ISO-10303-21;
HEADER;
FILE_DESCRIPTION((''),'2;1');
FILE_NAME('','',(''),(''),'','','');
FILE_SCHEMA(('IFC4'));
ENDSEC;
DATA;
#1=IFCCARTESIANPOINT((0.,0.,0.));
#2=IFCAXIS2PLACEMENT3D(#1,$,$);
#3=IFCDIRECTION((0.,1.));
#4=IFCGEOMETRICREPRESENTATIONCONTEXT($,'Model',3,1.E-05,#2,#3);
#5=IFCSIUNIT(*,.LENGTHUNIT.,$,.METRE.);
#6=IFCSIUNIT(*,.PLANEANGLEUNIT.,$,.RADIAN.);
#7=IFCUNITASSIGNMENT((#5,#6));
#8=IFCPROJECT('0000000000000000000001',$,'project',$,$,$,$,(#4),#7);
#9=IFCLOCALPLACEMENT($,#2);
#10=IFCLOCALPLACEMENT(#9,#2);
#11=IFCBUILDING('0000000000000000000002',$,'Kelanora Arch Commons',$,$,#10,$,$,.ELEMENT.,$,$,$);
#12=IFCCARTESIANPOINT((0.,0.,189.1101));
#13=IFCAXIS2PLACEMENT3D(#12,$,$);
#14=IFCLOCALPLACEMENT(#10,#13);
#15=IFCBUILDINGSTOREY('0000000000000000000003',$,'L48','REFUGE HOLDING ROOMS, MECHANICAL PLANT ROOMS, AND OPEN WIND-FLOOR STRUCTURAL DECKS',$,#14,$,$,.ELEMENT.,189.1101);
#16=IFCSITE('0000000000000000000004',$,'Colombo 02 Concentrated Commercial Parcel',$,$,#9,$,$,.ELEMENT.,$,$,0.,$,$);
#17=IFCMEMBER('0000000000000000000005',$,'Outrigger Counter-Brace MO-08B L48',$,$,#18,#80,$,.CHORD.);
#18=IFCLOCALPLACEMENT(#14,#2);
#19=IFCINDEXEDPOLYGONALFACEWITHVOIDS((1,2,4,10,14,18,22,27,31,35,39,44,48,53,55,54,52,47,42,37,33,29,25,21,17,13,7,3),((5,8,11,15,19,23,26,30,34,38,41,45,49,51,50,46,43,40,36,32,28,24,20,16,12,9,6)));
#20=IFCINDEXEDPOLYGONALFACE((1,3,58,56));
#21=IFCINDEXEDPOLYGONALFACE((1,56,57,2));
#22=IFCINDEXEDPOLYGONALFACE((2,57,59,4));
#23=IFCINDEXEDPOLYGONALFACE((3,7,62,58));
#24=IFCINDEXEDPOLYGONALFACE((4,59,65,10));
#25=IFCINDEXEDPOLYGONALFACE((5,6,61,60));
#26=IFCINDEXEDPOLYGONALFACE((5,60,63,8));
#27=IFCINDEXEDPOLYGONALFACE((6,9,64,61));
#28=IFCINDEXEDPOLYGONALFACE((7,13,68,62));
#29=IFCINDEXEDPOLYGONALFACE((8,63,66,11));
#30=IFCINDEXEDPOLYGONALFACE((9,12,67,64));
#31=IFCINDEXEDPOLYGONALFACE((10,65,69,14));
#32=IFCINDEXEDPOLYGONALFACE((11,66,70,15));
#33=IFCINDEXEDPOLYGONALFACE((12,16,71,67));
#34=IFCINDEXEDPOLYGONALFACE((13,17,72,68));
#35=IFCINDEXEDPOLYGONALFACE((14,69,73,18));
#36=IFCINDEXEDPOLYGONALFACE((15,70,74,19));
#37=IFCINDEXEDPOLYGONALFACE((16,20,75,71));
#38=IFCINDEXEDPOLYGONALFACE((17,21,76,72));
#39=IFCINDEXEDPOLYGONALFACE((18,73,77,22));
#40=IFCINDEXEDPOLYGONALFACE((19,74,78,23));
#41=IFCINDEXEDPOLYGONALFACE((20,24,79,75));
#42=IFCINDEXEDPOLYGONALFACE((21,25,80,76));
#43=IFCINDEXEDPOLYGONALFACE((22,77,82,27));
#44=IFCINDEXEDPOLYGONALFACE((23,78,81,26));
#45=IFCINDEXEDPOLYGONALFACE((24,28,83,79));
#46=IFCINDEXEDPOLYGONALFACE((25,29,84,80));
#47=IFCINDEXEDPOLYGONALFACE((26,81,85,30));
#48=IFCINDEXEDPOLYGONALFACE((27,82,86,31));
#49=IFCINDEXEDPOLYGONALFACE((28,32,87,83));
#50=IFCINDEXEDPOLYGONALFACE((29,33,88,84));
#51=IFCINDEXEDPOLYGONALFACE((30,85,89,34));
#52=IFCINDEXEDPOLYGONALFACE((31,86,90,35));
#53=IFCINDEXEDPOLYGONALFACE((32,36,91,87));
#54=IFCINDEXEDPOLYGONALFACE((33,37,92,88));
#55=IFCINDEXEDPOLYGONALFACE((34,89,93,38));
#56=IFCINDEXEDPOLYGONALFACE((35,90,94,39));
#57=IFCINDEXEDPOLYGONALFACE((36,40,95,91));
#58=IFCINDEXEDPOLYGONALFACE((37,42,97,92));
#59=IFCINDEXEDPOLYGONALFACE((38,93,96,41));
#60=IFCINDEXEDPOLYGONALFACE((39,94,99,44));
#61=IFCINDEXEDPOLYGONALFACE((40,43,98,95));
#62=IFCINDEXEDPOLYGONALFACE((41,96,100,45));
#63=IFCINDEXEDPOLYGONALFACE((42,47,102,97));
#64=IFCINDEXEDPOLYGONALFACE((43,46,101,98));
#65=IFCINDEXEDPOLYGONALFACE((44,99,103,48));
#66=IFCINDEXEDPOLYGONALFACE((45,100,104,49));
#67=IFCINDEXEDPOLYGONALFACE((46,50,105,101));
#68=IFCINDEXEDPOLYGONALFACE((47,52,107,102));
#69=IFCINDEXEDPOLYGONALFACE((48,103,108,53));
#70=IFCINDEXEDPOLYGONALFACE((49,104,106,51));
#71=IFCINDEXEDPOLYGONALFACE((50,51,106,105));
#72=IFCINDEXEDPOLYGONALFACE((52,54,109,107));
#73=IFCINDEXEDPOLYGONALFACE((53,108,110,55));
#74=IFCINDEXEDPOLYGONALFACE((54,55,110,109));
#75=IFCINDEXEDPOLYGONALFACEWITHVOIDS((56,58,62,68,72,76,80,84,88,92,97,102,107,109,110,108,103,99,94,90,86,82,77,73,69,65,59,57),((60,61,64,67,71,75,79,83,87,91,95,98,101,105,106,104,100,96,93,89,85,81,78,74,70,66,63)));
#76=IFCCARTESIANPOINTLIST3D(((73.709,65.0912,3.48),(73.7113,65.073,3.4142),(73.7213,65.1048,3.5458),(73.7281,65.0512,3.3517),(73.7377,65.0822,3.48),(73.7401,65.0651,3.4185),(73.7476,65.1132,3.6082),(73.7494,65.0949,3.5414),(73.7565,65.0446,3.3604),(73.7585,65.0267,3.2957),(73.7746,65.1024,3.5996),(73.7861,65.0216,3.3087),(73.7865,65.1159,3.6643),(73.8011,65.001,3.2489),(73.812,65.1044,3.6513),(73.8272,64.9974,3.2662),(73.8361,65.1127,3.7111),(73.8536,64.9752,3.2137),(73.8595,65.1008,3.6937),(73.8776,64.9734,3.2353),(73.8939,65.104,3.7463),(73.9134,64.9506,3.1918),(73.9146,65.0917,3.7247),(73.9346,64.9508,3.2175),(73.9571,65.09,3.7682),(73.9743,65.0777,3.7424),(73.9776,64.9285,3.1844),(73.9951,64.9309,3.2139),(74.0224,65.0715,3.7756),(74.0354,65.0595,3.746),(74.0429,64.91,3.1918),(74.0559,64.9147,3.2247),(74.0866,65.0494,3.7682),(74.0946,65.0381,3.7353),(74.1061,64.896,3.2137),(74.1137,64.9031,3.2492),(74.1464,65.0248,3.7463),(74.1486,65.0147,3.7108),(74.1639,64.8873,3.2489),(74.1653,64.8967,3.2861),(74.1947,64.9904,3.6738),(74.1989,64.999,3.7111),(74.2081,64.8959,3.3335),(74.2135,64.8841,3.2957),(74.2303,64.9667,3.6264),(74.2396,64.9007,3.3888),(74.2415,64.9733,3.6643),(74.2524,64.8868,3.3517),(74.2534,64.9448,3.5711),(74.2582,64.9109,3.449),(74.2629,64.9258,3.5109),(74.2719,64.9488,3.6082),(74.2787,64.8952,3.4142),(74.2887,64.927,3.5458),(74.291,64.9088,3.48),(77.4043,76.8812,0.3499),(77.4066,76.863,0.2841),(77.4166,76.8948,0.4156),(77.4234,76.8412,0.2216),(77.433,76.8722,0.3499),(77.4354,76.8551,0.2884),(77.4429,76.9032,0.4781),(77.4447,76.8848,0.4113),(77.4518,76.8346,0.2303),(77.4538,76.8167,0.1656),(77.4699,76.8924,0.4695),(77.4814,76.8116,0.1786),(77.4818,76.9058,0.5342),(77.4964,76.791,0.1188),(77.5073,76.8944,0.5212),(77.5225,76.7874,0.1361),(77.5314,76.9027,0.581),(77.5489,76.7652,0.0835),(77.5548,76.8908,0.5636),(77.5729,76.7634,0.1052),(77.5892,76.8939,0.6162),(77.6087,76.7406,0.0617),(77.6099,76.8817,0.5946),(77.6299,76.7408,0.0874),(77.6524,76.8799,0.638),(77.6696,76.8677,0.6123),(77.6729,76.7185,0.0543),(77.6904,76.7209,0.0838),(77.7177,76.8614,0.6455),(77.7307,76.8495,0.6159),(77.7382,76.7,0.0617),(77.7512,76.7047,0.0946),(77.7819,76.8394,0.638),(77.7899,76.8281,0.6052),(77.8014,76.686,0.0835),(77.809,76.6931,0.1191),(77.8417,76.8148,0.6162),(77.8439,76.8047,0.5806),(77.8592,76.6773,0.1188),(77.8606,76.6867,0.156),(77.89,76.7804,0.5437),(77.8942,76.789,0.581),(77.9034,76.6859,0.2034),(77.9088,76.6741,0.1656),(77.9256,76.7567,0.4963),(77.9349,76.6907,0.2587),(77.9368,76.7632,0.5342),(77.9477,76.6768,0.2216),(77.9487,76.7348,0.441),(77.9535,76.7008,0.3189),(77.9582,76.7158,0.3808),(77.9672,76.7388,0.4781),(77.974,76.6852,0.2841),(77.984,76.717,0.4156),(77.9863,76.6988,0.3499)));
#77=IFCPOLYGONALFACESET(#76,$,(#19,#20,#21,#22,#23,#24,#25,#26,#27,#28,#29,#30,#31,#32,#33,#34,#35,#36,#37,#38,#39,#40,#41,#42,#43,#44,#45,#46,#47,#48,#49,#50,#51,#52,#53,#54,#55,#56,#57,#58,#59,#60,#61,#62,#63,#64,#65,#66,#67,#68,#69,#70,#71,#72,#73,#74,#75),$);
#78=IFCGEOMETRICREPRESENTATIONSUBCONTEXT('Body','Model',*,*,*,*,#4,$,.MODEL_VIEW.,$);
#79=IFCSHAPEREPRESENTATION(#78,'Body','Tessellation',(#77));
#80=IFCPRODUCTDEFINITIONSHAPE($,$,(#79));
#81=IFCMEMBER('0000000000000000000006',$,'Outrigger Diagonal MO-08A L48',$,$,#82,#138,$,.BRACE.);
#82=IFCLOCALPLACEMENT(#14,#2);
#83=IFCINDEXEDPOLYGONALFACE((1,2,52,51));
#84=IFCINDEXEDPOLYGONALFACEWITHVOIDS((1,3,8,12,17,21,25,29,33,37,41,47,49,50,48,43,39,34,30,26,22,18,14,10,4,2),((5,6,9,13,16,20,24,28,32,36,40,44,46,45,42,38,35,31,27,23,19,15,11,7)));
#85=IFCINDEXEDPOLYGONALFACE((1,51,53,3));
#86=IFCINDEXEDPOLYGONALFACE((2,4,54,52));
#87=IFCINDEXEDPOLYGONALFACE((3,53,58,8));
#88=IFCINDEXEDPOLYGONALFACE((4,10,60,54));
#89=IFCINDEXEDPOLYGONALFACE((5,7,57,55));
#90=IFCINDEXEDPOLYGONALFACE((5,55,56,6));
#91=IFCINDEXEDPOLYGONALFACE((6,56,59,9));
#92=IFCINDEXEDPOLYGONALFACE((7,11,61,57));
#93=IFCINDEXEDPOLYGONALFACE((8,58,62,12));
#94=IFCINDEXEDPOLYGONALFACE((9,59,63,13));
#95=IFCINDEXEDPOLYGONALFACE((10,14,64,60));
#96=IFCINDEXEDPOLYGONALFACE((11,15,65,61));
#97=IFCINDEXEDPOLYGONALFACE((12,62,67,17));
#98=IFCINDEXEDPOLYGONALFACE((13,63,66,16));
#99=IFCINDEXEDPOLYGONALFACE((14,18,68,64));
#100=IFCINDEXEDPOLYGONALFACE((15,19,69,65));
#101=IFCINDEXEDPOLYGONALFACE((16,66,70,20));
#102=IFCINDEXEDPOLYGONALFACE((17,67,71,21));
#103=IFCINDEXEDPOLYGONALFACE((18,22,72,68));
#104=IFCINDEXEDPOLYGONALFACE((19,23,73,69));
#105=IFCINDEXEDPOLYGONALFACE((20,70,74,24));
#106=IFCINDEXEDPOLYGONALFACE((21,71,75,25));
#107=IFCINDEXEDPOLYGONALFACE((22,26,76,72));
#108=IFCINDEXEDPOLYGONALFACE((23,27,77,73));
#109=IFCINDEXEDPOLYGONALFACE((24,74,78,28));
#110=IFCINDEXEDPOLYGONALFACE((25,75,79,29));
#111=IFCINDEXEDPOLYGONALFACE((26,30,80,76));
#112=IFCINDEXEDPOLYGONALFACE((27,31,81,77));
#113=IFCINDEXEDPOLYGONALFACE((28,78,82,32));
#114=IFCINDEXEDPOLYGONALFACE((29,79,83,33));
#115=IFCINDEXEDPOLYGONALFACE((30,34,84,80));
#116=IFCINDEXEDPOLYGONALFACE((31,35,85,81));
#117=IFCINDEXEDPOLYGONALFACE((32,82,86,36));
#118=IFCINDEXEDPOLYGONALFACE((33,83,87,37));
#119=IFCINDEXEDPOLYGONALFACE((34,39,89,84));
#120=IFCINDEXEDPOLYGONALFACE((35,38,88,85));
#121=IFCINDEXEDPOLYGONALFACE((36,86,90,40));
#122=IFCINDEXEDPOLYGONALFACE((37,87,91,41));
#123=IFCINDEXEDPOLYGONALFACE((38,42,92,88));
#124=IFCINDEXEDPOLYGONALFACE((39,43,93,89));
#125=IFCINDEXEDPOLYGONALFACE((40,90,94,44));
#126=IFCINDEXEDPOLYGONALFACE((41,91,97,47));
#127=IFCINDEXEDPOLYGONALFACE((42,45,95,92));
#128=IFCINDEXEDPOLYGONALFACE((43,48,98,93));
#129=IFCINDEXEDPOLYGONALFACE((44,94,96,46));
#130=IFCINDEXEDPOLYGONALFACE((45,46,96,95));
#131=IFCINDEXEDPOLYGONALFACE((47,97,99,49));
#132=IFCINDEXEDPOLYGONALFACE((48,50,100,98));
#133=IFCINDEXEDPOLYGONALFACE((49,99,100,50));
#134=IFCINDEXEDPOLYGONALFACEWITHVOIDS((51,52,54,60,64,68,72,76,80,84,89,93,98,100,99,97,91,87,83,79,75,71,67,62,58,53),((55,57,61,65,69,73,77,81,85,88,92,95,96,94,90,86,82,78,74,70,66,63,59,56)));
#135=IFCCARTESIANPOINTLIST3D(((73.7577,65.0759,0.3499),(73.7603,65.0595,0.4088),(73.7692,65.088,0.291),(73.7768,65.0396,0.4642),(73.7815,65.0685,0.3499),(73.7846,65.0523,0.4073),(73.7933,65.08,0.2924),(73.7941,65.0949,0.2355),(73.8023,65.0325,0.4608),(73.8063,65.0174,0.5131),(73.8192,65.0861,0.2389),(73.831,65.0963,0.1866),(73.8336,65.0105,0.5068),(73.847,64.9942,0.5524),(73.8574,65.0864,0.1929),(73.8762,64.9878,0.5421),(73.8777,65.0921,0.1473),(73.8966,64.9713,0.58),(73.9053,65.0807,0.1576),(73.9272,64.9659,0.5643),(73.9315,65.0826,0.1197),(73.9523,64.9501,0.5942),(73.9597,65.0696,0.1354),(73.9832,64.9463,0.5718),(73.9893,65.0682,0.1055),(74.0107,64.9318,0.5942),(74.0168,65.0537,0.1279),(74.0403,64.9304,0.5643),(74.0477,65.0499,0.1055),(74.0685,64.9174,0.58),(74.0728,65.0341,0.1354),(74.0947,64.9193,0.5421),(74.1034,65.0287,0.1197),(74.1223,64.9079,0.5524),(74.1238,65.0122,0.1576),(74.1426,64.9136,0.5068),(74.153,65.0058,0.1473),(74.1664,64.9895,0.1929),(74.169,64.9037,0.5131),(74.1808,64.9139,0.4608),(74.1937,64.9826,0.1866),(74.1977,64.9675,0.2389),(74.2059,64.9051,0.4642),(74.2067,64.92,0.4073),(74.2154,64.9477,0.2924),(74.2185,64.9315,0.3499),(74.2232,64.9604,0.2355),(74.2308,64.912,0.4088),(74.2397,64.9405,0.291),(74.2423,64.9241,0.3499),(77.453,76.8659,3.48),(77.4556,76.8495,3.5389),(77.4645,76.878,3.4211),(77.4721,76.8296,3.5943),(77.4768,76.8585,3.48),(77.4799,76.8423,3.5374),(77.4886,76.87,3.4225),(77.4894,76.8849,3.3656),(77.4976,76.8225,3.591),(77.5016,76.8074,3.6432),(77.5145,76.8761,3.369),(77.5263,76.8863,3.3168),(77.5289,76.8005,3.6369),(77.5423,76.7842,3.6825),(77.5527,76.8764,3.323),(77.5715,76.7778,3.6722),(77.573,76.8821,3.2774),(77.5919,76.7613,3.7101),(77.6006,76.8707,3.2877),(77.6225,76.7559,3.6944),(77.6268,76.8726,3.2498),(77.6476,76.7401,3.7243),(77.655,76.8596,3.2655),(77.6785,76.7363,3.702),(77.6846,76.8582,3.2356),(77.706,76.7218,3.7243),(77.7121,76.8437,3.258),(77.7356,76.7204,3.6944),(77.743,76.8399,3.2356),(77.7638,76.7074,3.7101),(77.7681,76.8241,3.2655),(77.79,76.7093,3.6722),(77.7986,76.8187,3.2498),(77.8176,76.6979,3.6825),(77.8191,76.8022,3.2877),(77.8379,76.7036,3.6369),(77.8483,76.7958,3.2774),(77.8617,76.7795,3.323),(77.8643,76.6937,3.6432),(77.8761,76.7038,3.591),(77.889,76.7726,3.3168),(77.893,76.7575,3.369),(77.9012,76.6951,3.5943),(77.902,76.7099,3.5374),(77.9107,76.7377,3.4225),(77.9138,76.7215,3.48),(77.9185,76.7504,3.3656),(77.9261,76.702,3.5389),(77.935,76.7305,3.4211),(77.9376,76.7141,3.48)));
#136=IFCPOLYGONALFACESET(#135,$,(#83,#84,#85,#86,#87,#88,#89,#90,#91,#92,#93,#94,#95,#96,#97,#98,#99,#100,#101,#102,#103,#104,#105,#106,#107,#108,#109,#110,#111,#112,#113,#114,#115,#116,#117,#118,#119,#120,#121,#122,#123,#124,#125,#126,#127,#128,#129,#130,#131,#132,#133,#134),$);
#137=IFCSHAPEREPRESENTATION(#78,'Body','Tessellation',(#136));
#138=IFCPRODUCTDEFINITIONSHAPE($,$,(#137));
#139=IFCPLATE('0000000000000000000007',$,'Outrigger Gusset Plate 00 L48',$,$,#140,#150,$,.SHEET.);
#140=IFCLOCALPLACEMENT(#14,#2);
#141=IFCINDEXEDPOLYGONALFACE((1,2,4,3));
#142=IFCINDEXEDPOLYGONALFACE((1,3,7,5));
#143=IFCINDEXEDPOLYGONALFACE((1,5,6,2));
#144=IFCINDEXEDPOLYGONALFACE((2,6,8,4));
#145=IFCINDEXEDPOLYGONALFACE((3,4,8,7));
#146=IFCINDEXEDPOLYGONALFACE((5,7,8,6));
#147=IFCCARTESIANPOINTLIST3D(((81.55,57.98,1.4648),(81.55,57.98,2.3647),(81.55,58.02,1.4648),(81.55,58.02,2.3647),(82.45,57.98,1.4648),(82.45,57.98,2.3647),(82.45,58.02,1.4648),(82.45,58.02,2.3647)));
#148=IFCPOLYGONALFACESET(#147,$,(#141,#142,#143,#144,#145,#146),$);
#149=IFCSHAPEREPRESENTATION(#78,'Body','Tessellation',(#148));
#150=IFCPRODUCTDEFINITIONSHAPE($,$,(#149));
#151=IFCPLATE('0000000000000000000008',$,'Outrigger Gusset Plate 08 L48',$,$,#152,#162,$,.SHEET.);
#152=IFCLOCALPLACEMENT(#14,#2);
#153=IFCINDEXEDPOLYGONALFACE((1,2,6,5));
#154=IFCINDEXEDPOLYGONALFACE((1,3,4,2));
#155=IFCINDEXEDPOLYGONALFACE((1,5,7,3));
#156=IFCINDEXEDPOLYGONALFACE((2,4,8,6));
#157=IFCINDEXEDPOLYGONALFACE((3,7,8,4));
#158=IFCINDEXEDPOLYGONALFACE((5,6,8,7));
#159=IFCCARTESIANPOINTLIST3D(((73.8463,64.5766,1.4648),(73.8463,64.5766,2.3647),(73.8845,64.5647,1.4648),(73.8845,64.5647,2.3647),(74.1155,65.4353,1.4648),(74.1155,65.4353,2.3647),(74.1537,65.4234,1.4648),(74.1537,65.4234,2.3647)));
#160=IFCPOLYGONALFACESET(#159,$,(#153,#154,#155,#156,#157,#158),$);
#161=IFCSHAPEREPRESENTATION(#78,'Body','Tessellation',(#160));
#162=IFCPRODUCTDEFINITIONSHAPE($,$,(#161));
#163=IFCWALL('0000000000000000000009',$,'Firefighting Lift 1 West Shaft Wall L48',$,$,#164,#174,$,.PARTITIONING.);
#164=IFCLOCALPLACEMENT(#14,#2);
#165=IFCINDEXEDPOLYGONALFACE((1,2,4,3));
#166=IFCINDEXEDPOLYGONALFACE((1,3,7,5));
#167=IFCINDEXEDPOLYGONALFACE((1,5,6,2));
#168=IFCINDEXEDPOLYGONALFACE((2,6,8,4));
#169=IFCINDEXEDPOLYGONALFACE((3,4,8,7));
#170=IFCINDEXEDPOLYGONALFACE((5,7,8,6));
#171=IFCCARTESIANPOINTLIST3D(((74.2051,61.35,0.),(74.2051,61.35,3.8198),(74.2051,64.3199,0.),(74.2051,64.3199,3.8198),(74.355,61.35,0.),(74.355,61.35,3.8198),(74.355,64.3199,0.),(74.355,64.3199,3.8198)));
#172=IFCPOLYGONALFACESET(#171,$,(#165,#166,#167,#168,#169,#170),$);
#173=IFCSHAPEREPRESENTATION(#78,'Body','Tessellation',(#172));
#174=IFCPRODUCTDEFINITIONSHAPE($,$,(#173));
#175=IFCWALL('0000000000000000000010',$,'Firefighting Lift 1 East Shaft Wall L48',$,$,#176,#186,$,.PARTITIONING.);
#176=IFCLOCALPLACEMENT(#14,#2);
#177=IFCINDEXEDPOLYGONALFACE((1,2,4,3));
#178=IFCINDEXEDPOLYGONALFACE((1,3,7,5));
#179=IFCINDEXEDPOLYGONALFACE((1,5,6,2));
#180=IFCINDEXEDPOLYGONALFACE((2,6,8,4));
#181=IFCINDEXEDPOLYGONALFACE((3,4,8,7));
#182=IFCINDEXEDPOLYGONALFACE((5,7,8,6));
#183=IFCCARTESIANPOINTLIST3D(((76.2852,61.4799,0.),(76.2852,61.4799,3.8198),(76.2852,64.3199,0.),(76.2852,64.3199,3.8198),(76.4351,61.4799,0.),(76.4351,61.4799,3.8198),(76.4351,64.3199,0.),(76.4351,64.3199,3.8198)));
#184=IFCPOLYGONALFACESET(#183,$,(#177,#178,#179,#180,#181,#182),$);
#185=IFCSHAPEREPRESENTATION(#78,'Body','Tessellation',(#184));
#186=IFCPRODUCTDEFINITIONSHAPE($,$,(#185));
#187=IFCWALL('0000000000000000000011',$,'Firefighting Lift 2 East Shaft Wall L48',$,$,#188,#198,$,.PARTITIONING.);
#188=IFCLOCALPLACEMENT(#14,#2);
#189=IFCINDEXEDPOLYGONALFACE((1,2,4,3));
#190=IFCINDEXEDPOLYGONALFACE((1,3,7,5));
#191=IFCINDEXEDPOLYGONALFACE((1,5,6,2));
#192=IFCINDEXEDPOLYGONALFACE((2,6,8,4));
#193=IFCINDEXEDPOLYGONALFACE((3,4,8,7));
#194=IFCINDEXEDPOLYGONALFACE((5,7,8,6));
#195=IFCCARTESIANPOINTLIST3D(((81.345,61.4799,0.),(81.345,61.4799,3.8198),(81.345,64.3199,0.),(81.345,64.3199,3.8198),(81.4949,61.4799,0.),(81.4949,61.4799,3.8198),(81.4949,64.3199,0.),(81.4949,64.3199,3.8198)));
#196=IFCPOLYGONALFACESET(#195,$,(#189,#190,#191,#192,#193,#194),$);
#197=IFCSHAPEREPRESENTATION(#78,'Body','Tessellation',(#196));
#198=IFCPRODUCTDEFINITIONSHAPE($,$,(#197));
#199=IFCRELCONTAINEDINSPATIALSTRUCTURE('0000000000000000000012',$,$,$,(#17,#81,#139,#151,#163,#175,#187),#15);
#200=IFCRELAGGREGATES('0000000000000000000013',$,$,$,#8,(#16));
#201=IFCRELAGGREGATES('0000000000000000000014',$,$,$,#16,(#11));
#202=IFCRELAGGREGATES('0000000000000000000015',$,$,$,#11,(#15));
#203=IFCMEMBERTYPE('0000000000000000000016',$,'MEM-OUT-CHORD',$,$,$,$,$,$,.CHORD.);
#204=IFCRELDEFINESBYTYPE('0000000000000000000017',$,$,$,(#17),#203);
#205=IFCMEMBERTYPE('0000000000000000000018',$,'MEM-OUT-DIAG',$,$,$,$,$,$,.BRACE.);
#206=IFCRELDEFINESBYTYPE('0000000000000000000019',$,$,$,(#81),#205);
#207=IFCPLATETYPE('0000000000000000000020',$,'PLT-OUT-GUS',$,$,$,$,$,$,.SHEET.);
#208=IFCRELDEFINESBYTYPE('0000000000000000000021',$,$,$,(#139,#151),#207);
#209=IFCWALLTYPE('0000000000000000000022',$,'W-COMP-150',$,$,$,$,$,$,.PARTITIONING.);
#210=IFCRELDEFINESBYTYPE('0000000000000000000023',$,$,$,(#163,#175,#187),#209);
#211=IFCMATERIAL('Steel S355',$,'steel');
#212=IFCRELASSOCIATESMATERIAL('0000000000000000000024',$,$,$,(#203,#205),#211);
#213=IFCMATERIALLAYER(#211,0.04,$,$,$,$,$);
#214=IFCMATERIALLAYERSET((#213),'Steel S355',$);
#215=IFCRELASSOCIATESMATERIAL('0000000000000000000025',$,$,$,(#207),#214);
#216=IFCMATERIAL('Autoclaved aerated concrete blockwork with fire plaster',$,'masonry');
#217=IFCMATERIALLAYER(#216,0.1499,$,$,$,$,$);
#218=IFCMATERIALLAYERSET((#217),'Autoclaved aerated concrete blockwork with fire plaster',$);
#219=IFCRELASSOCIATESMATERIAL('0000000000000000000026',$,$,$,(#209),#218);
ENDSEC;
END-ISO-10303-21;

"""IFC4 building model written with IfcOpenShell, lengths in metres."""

from ifc_helpers import new_model, si_unit, direction, frame, frame_2d, origin, origin_2d, place, context, subcontext, project, spatial, rectangle, hollow_circle, extrude, source, transform, mapped, material, layer, layer_set, material_profile, profile_set, type_object, element, save


model = new_model("IFC4")

# Units and contexts
model_context = context("Model", 3, precision=1e-05, world=origin(), true_north=direction((0.0, 1.0)))
body_context = subcontext(model_context, "Body", "Model", "MODEL_VIEW")
ifc_project = project(units=[si_unit("LENGTHUNIT", "METRE"), si_unit("PLANEANGLEUNIT", "RADIAN")], contexts=[model_context])

# Site, building, storey
site_placement = place(None, origin())
site = spatial("IfcSite", under=ifc_project, at=site_placement, Name="Colombo 02 Concentrated Commercial Parcel", CompositionType="ELEMENT", RefElevation=0.0)
building_placement = place(site_placement, origin())
building = spatial("IfcBuilding", under=site, at=building_placement, Name="Kelanora Arch Commons", CompositionType="ELEMENT")
storey_placement = place(building_placement, frame((0.0, 0.0, 189.1101)))
storey = spatial("IfcBuildingStorey", under=building, at=storey_placement, Name="L48", Description="REFUGE HOLDING ROOMS, MECHANICAL PLANT ROOMS, AND OPEN WIND-FLOOR STRUCTURAL DECKS", CompositionType="ELEMENT", Elevation=189.1101)

# Shared definitions
ifc_material_1 = material(Name="Steel S355", Category="steel")

# Members
ifc_material_profile_1 = material_profile(ifc_material_1, hollow_circle(Radius=0.3049, WallThickness=0.03, at=origin_2d()), Name="CHS610x30")
ifc_profile_set_1 = profile_set([ifc_material_profile_1], Name="Steel S355")
member_type_1 = type_object("IfcMemberType", Name="MEM-OUT-CHORD", PredefinedType="CHORD", material=ifc_profile_set_1)
member_1_placement = place(storey_placement, frame((74.0, 65.0, 3.48), z_axis=(0.289922, 0.925006, -0.245579), x_axis=(-0.954228, 0.29908, 0.0)))
element("IfcMember", 1, at=member_1_placement, inside=storey, type_object=member_type_1, Name="Outrigger Counter-Brace MO-08B L48", PredefinedType="CHORD", context=body_context, shape_type="SweptSolid", body=[
    extrude(hollow_circle(Radius=0.3049, WallThickness=0.03, at=origin_2d()), origin(), (0.0, 0.0, 1.0), 12.7458),
])
ifc_material_profile_2 = material_profile(ifc_material_1, hollow_circle(Radius=0.2539, WallThickness=0.0249, at=origin_2d()), Name="CHS508x25")
ifc_profile_set_2 = profile_set([ifc_material_profile_2], Name="Steel S355")
member_type_2 = type_object("IfcMemberType", Name="MEM-OUT-DIAG", PredefinedType="BRACE", material=ifc_profile_set_2)
member_2_placement = place(storey_placement, frame((74.0, 65.0, 0.3499), z_axis=(0.289922, 0.925006, 0.245579), x_axis=(-0.954228, 0.29908, 0.0)))
element("IfcMember", 2, at=member_2_placement, inside=storey, type_object=member_type_2, Name="Outrigger Diagonal MO-08A L48", PredefinedType="BRACE", context=body_context, shape_type="SweptSolid", body=[
    extrude(hollow_circle(Radius=0.2539, WallThickness=0.0249, at=origin_2d()), origin(), (0.0, 0.0, 1.0), 12.7458),
])

# Plates
ifc_layer_1 = layer(ifc_material_1, 0.04)
ifc_layer_set_1 = layer_set([ifc_layer_1], Name="Steel S355")
plate_type = type_object("IfcPlateType", Name="PLT-OUT-GUS", PredefinedType="SHEET", material=ifc_layer_set_1)
shared_shape_1 = source(origin(), body_context, "Body", "SweptSolid", [
    extrude(rectangle(XDim=0.8999, YDim=0.04, at=origin_2d()), origin(), (0.0, 0.0, 1.0), 0.8999),
])
for number, where, z_axis, x_axis, name in (
    (3, (82.0, 58.0, 1.4648), (0.0, 0.0, 1.0), (1.0, 0.0, 0.0), "Outrigger Gusset Plate 00 L48"),
    (4, (74.0, 65.0, 1.4648), (0.0, 0.0, 1.0), (0.299071, 0.954231, 0.0), "Outrigger Gusset Plate 08 L48"),
):
    element("IfcPlate", number, at=place(storey_placement, frame(where, z_axis=z_axis, x_axis=x_axis)), inside=storey, type_object=plate_type, Name=name, PredefinedType="SHEET", context=body_context, shape_type="MappedRepresentation", body=[
        mapped(shared_shape_1, transform((0.0, 0.0, 0.0), scale=1.0)),
    ])

# Walls
ifc_material_2 = material(Name="Autoclaved aerated concrete blockwork with fire plaster", Category="masonry")
ifc_layer_2 = layer(ifc_material_2, 0.1499)
ifc_layer_set_2 = layer_set([ifc_layer_2], Name="Autoclaved aerated concrete blockwork with fire plaster")
wall_type_1 = type_object("IfcWallType", Name="W-COMP-150", PredefinedType="PARTITIONING", material=ifc_layer_set_2)
wall_1_placement = place(storey_placement, frame((74.28, 61.3501, 0.0), z_axis=(0.0, 0.0, 1.0), x_axis=(0.0, 1.0, 0.0)))
element("IfcWall", 5, at=wall_1_placement, inside=storey, type_object=wall_type_1, Name="Firefighting Lift 1 West Shaft Wall L48", PredefinedType="PARTITIONING", context=body_context, shape_type="SweptSolid", body=[
    extrude(rectangle(XDim=2.97, YDim=0.1499, at=frame_2d((1.4849, 0.0))), origin(), (0.0, 0.0, 1.0), 3.8198),
])
for number, where, z_axis, x_axis, name in (
    (6, (76.3601, 61.48, 0.0), (0.0, 0.0, 1.0), (0.0, 1.0, 0.0), "Firefighting Lift 1 East Shaft Wall L48"),
    (7, (81.4199, 61.48, 0.0), (0.0, 0.0, 1.0), (0.0, 1.0, 0.0), "Firefighting Lift 2 East Shaft Wall L48"),
):
    element("IfcWall", number, at=place(storey_placement, frame(where, z_axis=z_axis, x_axis=x_axis)), inside=storey, type_object=wall_type_1, Name=name, PredefinedType="PARTITIONING", context=body_context, shape_type="SweptSolid", body=[
        extrude(rectangle(XDim=2.8401, YDim=0.1499, at=frame_2d((1.4199, 0.0))), origin(), (0.0, 0.0, 1.0), 3.8198),
    ])

save(model, "model.ifc")
